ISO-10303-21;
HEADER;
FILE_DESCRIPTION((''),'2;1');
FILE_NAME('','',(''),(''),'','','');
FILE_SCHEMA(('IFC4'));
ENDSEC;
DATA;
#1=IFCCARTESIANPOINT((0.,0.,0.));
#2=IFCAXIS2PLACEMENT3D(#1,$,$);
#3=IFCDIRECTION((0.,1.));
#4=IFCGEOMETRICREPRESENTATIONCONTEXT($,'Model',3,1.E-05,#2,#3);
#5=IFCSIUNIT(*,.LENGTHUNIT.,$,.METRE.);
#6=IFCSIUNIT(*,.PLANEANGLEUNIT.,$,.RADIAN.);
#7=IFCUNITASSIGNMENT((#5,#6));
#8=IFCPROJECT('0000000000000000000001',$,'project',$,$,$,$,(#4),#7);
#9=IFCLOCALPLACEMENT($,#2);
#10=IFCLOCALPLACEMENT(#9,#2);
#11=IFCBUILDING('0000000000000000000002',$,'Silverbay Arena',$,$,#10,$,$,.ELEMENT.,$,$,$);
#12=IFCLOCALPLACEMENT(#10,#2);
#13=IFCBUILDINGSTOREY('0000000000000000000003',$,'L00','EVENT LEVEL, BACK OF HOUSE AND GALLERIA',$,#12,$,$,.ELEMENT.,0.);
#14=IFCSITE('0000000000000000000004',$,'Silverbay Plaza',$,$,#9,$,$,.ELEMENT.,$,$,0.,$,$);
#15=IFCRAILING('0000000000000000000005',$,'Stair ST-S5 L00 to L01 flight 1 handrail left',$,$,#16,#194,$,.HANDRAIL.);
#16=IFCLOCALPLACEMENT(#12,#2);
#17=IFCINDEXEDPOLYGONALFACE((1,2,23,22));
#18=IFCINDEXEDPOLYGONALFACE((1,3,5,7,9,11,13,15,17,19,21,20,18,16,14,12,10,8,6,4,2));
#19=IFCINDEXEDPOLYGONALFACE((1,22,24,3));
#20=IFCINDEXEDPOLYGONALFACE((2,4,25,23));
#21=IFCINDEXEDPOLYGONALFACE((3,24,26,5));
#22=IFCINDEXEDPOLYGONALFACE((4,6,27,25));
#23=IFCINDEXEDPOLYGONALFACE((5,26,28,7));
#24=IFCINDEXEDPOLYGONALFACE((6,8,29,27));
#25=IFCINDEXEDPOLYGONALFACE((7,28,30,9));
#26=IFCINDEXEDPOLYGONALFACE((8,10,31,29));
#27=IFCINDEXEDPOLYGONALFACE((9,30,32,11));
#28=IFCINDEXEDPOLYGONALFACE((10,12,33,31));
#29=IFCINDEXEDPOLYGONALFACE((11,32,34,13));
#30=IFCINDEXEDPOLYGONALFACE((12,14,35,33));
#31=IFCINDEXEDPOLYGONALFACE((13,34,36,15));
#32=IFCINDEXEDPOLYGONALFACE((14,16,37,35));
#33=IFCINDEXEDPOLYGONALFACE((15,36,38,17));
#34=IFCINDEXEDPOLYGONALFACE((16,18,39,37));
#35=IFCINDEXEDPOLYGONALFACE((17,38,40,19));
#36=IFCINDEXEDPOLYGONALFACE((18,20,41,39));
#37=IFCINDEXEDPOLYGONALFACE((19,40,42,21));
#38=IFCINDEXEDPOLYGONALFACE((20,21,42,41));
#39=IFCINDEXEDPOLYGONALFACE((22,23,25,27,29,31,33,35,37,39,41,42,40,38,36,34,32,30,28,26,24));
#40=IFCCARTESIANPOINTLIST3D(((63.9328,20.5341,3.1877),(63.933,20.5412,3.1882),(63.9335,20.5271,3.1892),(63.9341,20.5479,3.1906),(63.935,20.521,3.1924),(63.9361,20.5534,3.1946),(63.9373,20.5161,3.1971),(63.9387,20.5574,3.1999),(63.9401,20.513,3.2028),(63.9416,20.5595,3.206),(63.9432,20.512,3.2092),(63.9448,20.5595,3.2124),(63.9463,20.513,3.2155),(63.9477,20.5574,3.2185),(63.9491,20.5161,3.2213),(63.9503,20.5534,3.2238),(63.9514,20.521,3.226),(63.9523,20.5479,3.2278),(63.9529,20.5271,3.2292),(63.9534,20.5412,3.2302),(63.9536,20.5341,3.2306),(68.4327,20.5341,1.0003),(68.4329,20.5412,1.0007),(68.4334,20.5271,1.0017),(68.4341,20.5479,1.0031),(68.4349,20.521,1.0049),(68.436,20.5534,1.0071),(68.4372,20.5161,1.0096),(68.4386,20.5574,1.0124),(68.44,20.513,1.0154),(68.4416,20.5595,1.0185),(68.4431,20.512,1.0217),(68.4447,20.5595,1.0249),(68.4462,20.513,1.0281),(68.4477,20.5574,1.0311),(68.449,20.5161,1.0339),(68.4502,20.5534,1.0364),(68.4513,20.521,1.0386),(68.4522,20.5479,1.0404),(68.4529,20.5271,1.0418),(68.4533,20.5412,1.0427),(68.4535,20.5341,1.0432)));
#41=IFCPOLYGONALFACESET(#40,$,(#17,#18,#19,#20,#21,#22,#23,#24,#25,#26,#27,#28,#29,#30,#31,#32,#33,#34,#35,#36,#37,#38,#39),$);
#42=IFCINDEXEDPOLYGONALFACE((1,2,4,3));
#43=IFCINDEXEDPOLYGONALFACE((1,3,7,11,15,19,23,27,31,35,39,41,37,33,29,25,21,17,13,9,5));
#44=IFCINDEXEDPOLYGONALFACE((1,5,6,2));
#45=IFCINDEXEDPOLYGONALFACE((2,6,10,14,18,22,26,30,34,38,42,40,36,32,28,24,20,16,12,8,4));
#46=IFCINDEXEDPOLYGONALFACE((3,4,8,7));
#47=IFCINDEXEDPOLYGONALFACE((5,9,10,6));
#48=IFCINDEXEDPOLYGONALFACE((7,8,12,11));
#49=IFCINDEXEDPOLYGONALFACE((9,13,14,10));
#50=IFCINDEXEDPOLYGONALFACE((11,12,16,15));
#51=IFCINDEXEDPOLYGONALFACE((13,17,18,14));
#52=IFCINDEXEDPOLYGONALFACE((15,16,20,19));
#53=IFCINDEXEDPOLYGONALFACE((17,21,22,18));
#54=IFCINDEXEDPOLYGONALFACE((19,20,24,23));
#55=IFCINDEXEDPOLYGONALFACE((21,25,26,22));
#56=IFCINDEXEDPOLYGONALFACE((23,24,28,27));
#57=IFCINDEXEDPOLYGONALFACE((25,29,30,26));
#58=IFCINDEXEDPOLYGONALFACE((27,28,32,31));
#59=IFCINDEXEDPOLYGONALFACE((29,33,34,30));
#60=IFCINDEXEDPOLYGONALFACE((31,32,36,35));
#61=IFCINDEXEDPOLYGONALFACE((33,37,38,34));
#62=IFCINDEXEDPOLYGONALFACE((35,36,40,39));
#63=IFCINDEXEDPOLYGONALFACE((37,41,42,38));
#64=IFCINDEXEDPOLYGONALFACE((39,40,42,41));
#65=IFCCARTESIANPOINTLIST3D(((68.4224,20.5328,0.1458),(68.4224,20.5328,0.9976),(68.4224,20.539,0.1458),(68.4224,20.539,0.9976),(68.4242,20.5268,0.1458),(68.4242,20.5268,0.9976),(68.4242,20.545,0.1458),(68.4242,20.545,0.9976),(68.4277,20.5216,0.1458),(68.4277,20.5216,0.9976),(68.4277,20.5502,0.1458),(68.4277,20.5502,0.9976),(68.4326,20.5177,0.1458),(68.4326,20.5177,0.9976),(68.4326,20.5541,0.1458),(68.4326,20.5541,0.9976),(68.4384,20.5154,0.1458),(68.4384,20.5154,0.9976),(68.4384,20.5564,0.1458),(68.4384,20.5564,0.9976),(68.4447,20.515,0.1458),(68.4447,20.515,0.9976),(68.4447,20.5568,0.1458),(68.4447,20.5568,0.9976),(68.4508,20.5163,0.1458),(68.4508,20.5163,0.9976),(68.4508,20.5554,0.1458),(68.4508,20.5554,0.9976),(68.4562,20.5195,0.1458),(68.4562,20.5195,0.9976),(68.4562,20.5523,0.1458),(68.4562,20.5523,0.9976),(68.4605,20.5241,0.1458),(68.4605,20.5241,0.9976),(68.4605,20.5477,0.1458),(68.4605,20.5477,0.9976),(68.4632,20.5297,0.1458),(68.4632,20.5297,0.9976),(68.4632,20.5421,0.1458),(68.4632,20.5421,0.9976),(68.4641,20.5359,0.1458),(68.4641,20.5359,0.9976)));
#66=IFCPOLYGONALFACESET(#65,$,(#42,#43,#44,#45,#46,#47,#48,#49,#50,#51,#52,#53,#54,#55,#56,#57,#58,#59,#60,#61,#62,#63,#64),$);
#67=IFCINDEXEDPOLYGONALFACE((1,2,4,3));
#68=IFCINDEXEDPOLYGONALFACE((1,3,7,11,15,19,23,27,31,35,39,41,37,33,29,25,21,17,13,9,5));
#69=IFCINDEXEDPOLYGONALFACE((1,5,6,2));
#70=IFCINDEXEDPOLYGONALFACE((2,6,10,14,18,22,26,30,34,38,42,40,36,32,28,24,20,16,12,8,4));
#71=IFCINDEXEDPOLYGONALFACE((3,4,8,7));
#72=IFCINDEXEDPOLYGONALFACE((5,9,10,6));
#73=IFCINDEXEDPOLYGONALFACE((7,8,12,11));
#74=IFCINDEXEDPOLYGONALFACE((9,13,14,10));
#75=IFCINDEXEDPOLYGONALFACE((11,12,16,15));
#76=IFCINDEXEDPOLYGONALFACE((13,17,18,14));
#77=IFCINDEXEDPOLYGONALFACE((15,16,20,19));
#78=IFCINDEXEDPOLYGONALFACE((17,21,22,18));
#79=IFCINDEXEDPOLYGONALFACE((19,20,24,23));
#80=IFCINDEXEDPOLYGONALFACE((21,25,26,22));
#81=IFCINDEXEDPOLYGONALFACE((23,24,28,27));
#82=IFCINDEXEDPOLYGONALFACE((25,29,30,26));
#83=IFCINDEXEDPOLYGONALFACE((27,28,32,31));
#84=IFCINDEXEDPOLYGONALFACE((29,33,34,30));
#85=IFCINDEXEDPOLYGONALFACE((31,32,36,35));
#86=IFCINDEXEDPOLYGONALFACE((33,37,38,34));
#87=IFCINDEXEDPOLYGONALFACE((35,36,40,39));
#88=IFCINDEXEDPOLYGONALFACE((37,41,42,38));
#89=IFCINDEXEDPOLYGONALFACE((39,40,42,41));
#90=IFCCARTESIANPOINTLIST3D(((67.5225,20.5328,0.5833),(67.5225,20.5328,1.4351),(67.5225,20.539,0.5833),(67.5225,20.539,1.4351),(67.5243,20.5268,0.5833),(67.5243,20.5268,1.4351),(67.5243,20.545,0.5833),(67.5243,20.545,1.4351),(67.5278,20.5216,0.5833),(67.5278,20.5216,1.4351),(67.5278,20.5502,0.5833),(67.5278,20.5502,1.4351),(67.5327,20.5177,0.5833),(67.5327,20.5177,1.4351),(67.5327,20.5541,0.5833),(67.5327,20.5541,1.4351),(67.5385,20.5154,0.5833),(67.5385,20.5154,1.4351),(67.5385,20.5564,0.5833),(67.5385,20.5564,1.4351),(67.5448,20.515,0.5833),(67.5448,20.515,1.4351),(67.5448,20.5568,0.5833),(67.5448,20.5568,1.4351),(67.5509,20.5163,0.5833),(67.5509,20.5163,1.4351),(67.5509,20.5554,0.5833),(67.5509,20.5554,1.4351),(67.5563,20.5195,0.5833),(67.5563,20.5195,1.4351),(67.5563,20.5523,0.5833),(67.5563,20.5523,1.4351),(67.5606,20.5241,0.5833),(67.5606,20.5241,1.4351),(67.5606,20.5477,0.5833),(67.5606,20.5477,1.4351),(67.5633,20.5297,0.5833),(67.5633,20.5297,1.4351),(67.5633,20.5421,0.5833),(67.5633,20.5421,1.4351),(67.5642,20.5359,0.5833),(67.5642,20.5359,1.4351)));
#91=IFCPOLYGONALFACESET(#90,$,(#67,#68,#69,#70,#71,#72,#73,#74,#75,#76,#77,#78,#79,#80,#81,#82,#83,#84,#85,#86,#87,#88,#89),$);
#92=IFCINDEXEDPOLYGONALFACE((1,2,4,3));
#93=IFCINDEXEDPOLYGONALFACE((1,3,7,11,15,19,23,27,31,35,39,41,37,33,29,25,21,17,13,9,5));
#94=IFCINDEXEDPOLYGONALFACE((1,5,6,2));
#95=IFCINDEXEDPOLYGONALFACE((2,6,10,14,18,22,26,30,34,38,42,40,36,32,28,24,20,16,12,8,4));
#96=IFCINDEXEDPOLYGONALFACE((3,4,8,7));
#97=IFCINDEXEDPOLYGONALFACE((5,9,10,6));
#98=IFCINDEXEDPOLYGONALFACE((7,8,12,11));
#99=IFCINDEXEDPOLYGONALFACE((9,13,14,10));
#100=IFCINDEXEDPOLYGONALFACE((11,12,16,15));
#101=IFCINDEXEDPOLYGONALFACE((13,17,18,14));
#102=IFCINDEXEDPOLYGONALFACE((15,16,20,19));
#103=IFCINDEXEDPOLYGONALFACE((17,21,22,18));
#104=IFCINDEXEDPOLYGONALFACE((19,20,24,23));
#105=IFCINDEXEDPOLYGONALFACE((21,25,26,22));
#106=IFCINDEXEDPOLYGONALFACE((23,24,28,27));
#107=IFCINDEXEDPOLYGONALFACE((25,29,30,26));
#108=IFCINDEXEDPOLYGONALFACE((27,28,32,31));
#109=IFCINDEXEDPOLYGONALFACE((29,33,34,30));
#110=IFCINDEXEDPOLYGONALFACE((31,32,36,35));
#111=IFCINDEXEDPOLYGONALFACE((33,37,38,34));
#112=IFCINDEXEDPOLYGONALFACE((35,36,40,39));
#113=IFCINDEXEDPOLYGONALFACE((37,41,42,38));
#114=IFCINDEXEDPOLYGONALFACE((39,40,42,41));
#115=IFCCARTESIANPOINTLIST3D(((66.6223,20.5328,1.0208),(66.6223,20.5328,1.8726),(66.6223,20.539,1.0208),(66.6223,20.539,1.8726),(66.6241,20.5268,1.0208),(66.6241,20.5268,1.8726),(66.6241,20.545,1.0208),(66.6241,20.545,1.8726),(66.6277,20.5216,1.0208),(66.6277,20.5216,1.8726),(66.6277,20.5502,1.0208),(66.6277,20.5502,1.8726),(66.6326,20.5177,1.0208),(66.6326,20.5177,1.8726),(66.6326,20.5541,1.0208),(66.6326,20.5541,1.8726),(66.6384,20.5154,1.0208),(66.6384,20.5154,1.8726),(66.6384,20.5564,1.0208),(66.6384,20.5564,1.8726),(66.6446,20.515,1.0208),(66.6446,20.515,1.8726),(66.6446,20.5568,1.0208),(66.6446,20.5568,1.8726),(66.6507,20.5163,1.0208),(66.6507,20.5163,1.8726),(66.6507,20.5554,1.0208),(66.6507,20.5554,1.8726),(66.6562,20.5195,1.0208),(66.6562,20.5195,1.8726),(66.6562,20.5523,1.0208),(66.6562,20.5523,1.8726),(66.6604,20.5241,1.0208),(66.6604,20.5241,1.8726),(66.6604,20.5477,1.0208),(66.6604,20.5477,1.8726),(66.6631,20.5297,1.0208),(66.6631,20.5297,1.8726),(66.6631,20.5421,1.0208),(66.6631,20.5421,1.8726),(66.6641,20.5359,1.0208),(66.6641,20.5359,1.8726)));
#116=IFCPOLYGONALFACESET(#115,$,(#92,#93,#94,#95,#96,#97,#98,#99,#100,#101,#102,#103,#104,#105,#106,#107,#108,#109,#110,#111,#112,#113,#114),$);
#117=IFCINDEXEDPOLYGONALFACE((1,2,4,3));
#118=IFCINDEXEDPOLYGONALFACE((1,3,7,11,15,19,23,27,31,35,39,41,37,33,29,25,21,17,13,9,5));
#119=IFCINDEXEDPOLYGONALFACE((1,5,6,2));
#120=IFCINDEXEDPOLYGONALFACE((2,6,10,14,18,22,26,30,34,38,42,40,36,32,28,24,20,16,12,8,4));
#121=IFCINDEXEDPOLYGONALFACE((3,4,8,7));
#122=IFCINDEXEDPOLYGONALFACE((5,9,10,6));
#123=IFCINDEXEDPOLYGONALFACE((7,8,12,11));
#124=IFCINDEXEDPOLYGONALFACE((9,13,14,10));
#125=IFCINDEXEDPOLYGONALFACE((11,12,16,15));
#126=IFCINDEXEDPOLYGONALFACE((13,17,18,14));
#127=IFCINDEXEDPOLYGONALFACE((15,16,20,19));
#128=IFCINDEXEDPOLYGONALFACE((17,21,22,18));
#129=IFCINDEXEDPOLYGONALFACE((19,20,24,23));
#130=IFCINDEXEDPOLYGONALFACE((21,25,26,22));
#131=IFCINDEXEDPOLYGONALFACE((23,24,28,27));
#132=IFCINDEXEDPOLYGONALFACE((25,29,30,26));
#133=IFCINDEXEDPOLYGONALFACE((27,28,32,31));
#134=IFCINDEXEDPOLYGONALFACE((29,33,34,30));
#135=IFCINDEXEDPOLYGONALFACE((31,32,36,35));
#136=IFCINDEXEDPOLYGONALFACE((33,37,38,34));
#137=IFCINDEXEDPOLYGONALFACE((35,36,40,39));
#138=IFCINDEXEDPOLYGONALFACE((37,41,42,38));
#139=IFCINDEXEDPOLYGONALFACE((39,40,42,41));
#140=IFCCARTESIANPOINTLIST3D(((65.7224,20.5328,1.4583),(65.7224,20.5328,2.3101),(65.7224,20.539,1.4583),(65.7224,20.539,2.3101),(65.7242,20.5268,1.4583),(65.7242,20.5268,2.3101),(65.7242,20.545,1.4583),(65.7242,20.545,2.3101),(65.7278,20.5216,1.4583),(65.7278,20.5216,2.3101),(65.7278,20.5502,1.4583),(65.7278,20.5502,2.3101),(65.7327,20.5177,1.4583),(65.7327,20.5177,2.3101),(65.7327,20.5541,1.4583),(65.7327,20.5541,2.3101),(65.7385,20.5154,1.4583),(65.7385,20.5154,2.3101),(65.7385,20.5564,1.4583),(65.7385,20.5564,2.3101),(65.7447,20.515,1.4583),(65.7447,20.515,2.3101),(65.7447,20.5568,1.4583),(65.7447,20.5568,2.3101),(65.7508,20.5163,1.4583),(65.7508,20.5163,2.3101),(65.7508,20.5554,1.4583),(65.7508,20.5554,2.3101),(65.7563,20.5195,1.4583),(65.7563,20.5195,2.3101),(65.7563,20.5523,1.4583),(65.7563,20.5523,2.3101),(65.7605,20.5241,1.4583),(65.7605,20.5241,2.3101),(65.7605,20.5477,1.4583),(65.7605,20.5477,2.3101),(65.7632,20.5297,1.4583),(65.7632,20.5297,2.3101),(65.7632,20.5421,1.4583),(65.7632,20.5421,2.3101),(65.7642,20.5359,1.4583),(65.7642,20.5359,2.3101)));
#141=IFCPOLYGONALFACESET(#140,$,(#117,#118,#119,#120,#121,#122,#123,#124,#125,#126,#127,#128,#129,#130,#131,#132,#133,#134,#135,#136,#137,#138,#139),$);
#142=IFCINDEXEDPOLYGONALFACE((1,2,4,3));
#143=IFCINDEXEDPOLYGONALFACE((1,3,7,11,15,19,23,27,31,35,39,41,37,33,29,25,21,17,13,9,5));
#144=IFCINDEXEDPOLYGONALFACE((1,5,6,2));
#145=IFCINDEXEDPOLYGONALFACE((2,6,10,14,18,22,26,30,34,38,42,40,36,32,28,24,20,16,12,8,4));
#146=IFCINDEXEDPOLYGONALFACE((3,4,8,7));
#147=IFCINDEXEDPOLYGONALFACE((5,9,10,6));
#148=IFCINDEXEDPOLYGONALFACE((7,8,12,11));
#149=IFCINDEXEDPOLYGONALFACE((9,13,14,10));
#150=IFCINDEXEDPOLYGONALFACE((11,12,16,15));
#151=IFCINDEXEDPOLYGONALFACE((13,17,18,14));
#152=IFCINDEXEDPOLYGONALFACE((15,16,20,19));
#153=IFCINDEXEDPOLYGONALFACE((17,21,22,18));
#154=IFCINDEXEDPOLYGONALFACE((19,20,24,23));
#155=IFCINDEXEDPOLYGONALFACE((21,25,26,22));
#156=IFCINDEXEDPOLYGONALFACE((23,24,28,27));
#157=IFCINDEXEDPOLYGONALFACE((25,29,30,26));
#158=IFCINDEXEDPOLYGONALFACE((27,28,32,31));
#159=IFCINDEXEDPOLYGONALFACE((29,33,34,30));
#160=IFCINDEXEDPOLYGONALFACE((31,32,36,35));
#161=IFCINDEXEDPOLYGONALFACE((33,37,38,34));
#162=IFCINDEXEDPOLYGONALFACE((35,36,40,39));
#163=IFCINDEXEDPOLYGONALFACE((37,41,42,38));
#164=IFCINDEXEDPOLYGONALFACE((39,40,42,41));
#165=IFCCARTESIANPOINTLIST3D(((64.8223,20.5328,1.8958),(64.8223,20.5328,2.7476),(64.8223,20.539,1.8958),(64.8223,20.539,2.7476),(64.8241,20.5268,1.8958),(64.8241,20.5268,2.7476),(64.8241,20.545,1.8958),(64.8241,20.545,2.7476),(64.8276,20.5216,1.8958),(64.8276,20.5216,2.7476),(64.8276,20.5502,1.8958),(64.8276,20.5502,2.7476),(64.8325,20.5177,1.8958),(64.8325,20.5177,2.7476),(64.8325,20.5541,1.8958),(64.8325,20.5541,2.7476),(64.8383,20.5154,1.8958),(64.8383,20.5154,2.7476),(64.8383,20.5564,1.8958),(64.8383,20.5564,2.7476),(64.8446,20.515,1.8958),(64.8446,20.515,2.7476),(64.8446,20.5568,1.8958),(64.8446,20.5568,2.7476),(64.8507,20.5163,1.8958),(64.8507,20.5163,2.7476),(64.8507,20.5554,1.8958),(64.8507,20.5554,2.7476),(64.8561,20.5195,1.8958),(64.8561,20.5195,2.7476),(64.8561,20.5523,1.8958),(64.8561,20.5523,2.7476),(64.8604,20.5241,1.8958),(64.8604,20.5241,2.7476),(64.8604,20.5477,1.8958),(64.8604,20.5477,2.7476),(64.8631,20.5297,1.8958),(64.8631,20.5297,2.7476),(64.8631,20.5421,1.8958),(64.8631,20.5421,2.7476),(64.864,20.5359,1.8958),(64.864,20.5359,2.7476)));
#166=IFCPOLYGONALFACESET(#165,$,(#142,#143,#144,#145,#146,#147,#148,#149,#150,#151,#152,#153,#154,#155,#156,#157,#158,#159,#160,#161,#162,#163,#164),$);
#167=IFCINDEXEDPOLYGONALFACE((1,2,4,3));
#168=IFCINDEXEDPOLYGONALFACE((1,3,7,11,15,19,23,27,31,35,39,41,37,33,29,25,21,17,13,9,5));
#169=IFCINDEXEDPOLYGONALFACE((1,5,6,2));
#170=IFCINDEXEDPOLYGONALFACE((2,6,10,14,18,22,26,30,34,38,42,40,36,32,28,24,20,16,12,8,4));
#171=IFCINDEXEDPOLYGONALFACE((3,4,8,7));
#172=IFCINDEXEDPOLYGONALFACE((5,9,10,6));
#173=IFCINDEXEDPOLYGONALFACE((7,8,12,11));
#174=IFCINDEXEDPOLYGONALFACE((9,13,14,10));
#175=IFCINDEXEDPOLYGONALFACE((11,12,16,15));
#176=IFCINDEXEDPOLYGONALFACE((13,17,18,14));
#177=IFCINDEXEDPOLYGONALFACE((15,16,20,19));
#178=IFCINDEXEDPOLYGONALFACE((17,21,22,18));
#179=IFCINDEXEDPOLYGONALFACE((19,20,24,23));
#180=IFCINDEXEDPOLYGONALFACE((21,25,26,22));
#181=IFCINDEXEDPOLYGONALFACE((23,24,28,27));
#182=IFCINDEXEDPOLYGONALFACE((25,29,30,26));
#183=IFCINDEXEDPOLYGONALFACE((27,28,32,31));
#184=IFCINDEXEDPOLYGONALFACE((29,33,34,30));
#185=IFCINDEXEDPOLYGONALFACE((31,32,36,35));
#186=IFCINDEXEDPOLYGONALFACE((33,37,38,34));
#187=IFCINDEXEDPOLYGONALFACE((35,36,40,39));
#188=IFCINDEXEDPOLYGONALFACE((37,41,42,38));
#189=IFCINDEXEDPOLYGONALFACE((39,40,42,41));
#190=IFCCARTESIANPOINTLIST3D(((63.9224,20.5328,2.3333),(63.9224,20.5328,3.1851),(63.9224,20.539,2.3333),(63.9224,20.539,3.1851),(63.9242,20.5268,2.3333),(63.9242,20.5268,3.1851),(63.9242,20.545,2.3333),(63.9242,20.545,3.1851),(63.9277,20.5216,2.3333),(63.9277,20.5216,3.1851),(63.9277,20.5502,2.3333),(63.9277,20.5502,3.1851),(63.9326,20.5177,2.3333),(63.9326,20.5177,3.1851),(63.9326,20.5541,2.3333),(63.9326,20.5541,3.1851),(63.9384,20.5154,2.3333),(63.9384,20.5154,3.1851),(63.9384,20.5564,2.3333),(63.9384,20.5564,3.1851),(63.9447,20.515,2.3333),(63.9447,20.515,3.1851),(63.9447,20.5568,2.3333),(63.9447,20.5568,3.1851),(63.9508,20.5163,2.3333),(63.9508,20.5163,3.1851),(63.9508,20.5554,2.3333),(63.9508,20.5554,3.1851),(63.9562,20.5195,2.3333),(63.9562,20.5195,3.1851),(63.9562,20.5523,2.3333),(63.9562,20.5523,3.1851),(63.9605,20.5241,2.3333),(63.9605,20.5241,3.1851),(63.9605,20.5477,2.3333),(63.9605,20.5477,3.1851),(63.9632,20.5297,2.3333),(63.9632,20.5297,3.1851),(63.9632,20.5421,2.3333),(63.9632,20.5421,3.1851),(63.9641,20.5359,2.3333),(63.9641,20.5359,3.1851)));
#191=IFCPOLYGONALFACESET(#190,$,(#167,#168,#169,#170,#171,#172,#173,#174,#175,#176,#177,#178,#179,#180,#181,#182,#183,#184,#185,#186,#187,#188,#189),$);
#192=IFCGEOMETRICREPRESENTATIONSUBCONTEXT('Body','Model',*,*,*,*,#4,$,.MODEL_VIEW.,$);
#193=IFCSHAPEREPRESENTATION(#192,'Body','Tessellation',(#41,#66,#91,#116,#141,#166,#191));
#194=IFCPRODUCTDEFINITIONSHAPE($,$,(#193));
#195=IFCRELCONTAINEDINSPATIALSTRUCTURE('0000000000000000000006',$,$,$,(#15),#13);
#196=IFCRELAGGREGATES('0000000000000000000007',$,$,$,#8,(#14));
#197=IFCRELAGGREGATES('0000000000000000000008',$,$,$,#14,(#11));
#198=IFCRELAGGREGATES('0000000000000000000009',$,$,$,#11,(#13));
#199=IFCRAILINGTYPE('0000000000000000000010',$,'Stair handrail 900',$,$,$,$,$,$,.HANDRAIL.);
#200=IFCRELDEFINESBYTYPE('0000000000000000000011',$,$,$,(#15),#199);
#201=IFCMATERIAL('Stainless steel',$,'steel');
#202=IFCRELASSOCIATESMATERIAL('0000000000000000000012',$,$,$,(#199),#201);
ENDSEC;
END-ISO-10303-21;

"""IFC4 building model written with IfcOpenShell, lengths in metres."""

from ifc_helpers import new_model, si_unit, direction, frame, origin, origin_2d, place, context, subcontext, project, spatial, circle, extrude, material, type_object, element, save


model = new_model("IFC4")

# Units and contexts
model_context = context("Model", 3, precision=1e-05, world=origin(), true_north=direction((0.0, 1.0)))
body_context = subcontext(model_context, "Body", "Model", "MODEL_VIEW")
ifc_project = project(units=[si_unit("LENGTHUNIT", "METRE"), si_unit("PLANEANGLEUNIT", "RADIAN")], contexts=[model_context])

# Site, building, storey
site_placement = place(None, origin())
site = spatial("IfcSite", under=ifc_project, at=site_placement, Name="Silverbay Plaza", CompositionType="ELEMENT", RefElevation=0.0)
building_placement = place(site_placement, origin())
building = spatial("IfcBuilding", under=site, at=building_placement, Name="Silverbay Arena", CompositionType="ELEMENT")
storey_placement = place(building_placement, origin())
storey = spatial("IfcBuildingStorey", under=building, at=storey_placement, Name="L00", Description="EVENT LEVEL, BACK OF HOUSE AND GALLERIA", CompositionType="ELEMENT", Elevation=0.0)

# Railing
ifc_material_1 = material(Name="Stainless steel", Category="steel")
railing_type_1 = type_object("IfcRailingType", Name="Stair handrail 900", PredefinedType="HANDRAIL", material=ifc_material_1)
for number, where, name in (
    (1, (68.4431, 20.5359, 0.1458), "Stair ST-S5 L00 to L01 flight 1 handrail left"),
):
    element("IfcRailing", number, at=place(storey_placement, frame(where)), inside=storey, type_object=railing_type_1, Name=name, PredefinedType="HANDRAIL", context=body_context, shape_type="SweptSolid", body=[
        extrude(circle(Radius=0.0239, at=origin_2d()), frame((0.0, 0.0, 0.876), z_axis=(-0.899368, 0.0, 0.437193), x_axis=(0.0, -1.0, 0.0)), (0.0, 0.0, 1.0), 5.0034),
        extrude(circle(Radius=0.021, at=origin_2d()), origin(), (0.0, 0.0, 1.0), 0.8518),
        extrude(circle(Radius=0.021, at=origin_2d()), frame((-0.8999, 0.0, 0.4375)), (0.0, 0.0, 1.0), 0.8518),
        extrude(circle(Radius=0.021, at=origin_2d()), frame((-1.8, 0.0, 0.875)), (0.0, 0.0, 1.0), 0.8518),
        extrude(circle(Radius=0.021, at=origin_2d()), frame((-2.7, 0.0, 1.3125)), (0.0, 0.0, 1.0), 0.8518),
        extrude(circle(Radius=0.021, at=origin_2d()), frame((-3.6001, 0.0, 1.75)), (0.0, 0.0, 1.0), 0.8518),
        extrude(circle(Radius=0.021, at=origin_2d()), frame((-4.5, 0.0, 2.1875)), (0.0, 0.0, 1.0), 0.8518),
    ])

save(model, "model.ifc")
